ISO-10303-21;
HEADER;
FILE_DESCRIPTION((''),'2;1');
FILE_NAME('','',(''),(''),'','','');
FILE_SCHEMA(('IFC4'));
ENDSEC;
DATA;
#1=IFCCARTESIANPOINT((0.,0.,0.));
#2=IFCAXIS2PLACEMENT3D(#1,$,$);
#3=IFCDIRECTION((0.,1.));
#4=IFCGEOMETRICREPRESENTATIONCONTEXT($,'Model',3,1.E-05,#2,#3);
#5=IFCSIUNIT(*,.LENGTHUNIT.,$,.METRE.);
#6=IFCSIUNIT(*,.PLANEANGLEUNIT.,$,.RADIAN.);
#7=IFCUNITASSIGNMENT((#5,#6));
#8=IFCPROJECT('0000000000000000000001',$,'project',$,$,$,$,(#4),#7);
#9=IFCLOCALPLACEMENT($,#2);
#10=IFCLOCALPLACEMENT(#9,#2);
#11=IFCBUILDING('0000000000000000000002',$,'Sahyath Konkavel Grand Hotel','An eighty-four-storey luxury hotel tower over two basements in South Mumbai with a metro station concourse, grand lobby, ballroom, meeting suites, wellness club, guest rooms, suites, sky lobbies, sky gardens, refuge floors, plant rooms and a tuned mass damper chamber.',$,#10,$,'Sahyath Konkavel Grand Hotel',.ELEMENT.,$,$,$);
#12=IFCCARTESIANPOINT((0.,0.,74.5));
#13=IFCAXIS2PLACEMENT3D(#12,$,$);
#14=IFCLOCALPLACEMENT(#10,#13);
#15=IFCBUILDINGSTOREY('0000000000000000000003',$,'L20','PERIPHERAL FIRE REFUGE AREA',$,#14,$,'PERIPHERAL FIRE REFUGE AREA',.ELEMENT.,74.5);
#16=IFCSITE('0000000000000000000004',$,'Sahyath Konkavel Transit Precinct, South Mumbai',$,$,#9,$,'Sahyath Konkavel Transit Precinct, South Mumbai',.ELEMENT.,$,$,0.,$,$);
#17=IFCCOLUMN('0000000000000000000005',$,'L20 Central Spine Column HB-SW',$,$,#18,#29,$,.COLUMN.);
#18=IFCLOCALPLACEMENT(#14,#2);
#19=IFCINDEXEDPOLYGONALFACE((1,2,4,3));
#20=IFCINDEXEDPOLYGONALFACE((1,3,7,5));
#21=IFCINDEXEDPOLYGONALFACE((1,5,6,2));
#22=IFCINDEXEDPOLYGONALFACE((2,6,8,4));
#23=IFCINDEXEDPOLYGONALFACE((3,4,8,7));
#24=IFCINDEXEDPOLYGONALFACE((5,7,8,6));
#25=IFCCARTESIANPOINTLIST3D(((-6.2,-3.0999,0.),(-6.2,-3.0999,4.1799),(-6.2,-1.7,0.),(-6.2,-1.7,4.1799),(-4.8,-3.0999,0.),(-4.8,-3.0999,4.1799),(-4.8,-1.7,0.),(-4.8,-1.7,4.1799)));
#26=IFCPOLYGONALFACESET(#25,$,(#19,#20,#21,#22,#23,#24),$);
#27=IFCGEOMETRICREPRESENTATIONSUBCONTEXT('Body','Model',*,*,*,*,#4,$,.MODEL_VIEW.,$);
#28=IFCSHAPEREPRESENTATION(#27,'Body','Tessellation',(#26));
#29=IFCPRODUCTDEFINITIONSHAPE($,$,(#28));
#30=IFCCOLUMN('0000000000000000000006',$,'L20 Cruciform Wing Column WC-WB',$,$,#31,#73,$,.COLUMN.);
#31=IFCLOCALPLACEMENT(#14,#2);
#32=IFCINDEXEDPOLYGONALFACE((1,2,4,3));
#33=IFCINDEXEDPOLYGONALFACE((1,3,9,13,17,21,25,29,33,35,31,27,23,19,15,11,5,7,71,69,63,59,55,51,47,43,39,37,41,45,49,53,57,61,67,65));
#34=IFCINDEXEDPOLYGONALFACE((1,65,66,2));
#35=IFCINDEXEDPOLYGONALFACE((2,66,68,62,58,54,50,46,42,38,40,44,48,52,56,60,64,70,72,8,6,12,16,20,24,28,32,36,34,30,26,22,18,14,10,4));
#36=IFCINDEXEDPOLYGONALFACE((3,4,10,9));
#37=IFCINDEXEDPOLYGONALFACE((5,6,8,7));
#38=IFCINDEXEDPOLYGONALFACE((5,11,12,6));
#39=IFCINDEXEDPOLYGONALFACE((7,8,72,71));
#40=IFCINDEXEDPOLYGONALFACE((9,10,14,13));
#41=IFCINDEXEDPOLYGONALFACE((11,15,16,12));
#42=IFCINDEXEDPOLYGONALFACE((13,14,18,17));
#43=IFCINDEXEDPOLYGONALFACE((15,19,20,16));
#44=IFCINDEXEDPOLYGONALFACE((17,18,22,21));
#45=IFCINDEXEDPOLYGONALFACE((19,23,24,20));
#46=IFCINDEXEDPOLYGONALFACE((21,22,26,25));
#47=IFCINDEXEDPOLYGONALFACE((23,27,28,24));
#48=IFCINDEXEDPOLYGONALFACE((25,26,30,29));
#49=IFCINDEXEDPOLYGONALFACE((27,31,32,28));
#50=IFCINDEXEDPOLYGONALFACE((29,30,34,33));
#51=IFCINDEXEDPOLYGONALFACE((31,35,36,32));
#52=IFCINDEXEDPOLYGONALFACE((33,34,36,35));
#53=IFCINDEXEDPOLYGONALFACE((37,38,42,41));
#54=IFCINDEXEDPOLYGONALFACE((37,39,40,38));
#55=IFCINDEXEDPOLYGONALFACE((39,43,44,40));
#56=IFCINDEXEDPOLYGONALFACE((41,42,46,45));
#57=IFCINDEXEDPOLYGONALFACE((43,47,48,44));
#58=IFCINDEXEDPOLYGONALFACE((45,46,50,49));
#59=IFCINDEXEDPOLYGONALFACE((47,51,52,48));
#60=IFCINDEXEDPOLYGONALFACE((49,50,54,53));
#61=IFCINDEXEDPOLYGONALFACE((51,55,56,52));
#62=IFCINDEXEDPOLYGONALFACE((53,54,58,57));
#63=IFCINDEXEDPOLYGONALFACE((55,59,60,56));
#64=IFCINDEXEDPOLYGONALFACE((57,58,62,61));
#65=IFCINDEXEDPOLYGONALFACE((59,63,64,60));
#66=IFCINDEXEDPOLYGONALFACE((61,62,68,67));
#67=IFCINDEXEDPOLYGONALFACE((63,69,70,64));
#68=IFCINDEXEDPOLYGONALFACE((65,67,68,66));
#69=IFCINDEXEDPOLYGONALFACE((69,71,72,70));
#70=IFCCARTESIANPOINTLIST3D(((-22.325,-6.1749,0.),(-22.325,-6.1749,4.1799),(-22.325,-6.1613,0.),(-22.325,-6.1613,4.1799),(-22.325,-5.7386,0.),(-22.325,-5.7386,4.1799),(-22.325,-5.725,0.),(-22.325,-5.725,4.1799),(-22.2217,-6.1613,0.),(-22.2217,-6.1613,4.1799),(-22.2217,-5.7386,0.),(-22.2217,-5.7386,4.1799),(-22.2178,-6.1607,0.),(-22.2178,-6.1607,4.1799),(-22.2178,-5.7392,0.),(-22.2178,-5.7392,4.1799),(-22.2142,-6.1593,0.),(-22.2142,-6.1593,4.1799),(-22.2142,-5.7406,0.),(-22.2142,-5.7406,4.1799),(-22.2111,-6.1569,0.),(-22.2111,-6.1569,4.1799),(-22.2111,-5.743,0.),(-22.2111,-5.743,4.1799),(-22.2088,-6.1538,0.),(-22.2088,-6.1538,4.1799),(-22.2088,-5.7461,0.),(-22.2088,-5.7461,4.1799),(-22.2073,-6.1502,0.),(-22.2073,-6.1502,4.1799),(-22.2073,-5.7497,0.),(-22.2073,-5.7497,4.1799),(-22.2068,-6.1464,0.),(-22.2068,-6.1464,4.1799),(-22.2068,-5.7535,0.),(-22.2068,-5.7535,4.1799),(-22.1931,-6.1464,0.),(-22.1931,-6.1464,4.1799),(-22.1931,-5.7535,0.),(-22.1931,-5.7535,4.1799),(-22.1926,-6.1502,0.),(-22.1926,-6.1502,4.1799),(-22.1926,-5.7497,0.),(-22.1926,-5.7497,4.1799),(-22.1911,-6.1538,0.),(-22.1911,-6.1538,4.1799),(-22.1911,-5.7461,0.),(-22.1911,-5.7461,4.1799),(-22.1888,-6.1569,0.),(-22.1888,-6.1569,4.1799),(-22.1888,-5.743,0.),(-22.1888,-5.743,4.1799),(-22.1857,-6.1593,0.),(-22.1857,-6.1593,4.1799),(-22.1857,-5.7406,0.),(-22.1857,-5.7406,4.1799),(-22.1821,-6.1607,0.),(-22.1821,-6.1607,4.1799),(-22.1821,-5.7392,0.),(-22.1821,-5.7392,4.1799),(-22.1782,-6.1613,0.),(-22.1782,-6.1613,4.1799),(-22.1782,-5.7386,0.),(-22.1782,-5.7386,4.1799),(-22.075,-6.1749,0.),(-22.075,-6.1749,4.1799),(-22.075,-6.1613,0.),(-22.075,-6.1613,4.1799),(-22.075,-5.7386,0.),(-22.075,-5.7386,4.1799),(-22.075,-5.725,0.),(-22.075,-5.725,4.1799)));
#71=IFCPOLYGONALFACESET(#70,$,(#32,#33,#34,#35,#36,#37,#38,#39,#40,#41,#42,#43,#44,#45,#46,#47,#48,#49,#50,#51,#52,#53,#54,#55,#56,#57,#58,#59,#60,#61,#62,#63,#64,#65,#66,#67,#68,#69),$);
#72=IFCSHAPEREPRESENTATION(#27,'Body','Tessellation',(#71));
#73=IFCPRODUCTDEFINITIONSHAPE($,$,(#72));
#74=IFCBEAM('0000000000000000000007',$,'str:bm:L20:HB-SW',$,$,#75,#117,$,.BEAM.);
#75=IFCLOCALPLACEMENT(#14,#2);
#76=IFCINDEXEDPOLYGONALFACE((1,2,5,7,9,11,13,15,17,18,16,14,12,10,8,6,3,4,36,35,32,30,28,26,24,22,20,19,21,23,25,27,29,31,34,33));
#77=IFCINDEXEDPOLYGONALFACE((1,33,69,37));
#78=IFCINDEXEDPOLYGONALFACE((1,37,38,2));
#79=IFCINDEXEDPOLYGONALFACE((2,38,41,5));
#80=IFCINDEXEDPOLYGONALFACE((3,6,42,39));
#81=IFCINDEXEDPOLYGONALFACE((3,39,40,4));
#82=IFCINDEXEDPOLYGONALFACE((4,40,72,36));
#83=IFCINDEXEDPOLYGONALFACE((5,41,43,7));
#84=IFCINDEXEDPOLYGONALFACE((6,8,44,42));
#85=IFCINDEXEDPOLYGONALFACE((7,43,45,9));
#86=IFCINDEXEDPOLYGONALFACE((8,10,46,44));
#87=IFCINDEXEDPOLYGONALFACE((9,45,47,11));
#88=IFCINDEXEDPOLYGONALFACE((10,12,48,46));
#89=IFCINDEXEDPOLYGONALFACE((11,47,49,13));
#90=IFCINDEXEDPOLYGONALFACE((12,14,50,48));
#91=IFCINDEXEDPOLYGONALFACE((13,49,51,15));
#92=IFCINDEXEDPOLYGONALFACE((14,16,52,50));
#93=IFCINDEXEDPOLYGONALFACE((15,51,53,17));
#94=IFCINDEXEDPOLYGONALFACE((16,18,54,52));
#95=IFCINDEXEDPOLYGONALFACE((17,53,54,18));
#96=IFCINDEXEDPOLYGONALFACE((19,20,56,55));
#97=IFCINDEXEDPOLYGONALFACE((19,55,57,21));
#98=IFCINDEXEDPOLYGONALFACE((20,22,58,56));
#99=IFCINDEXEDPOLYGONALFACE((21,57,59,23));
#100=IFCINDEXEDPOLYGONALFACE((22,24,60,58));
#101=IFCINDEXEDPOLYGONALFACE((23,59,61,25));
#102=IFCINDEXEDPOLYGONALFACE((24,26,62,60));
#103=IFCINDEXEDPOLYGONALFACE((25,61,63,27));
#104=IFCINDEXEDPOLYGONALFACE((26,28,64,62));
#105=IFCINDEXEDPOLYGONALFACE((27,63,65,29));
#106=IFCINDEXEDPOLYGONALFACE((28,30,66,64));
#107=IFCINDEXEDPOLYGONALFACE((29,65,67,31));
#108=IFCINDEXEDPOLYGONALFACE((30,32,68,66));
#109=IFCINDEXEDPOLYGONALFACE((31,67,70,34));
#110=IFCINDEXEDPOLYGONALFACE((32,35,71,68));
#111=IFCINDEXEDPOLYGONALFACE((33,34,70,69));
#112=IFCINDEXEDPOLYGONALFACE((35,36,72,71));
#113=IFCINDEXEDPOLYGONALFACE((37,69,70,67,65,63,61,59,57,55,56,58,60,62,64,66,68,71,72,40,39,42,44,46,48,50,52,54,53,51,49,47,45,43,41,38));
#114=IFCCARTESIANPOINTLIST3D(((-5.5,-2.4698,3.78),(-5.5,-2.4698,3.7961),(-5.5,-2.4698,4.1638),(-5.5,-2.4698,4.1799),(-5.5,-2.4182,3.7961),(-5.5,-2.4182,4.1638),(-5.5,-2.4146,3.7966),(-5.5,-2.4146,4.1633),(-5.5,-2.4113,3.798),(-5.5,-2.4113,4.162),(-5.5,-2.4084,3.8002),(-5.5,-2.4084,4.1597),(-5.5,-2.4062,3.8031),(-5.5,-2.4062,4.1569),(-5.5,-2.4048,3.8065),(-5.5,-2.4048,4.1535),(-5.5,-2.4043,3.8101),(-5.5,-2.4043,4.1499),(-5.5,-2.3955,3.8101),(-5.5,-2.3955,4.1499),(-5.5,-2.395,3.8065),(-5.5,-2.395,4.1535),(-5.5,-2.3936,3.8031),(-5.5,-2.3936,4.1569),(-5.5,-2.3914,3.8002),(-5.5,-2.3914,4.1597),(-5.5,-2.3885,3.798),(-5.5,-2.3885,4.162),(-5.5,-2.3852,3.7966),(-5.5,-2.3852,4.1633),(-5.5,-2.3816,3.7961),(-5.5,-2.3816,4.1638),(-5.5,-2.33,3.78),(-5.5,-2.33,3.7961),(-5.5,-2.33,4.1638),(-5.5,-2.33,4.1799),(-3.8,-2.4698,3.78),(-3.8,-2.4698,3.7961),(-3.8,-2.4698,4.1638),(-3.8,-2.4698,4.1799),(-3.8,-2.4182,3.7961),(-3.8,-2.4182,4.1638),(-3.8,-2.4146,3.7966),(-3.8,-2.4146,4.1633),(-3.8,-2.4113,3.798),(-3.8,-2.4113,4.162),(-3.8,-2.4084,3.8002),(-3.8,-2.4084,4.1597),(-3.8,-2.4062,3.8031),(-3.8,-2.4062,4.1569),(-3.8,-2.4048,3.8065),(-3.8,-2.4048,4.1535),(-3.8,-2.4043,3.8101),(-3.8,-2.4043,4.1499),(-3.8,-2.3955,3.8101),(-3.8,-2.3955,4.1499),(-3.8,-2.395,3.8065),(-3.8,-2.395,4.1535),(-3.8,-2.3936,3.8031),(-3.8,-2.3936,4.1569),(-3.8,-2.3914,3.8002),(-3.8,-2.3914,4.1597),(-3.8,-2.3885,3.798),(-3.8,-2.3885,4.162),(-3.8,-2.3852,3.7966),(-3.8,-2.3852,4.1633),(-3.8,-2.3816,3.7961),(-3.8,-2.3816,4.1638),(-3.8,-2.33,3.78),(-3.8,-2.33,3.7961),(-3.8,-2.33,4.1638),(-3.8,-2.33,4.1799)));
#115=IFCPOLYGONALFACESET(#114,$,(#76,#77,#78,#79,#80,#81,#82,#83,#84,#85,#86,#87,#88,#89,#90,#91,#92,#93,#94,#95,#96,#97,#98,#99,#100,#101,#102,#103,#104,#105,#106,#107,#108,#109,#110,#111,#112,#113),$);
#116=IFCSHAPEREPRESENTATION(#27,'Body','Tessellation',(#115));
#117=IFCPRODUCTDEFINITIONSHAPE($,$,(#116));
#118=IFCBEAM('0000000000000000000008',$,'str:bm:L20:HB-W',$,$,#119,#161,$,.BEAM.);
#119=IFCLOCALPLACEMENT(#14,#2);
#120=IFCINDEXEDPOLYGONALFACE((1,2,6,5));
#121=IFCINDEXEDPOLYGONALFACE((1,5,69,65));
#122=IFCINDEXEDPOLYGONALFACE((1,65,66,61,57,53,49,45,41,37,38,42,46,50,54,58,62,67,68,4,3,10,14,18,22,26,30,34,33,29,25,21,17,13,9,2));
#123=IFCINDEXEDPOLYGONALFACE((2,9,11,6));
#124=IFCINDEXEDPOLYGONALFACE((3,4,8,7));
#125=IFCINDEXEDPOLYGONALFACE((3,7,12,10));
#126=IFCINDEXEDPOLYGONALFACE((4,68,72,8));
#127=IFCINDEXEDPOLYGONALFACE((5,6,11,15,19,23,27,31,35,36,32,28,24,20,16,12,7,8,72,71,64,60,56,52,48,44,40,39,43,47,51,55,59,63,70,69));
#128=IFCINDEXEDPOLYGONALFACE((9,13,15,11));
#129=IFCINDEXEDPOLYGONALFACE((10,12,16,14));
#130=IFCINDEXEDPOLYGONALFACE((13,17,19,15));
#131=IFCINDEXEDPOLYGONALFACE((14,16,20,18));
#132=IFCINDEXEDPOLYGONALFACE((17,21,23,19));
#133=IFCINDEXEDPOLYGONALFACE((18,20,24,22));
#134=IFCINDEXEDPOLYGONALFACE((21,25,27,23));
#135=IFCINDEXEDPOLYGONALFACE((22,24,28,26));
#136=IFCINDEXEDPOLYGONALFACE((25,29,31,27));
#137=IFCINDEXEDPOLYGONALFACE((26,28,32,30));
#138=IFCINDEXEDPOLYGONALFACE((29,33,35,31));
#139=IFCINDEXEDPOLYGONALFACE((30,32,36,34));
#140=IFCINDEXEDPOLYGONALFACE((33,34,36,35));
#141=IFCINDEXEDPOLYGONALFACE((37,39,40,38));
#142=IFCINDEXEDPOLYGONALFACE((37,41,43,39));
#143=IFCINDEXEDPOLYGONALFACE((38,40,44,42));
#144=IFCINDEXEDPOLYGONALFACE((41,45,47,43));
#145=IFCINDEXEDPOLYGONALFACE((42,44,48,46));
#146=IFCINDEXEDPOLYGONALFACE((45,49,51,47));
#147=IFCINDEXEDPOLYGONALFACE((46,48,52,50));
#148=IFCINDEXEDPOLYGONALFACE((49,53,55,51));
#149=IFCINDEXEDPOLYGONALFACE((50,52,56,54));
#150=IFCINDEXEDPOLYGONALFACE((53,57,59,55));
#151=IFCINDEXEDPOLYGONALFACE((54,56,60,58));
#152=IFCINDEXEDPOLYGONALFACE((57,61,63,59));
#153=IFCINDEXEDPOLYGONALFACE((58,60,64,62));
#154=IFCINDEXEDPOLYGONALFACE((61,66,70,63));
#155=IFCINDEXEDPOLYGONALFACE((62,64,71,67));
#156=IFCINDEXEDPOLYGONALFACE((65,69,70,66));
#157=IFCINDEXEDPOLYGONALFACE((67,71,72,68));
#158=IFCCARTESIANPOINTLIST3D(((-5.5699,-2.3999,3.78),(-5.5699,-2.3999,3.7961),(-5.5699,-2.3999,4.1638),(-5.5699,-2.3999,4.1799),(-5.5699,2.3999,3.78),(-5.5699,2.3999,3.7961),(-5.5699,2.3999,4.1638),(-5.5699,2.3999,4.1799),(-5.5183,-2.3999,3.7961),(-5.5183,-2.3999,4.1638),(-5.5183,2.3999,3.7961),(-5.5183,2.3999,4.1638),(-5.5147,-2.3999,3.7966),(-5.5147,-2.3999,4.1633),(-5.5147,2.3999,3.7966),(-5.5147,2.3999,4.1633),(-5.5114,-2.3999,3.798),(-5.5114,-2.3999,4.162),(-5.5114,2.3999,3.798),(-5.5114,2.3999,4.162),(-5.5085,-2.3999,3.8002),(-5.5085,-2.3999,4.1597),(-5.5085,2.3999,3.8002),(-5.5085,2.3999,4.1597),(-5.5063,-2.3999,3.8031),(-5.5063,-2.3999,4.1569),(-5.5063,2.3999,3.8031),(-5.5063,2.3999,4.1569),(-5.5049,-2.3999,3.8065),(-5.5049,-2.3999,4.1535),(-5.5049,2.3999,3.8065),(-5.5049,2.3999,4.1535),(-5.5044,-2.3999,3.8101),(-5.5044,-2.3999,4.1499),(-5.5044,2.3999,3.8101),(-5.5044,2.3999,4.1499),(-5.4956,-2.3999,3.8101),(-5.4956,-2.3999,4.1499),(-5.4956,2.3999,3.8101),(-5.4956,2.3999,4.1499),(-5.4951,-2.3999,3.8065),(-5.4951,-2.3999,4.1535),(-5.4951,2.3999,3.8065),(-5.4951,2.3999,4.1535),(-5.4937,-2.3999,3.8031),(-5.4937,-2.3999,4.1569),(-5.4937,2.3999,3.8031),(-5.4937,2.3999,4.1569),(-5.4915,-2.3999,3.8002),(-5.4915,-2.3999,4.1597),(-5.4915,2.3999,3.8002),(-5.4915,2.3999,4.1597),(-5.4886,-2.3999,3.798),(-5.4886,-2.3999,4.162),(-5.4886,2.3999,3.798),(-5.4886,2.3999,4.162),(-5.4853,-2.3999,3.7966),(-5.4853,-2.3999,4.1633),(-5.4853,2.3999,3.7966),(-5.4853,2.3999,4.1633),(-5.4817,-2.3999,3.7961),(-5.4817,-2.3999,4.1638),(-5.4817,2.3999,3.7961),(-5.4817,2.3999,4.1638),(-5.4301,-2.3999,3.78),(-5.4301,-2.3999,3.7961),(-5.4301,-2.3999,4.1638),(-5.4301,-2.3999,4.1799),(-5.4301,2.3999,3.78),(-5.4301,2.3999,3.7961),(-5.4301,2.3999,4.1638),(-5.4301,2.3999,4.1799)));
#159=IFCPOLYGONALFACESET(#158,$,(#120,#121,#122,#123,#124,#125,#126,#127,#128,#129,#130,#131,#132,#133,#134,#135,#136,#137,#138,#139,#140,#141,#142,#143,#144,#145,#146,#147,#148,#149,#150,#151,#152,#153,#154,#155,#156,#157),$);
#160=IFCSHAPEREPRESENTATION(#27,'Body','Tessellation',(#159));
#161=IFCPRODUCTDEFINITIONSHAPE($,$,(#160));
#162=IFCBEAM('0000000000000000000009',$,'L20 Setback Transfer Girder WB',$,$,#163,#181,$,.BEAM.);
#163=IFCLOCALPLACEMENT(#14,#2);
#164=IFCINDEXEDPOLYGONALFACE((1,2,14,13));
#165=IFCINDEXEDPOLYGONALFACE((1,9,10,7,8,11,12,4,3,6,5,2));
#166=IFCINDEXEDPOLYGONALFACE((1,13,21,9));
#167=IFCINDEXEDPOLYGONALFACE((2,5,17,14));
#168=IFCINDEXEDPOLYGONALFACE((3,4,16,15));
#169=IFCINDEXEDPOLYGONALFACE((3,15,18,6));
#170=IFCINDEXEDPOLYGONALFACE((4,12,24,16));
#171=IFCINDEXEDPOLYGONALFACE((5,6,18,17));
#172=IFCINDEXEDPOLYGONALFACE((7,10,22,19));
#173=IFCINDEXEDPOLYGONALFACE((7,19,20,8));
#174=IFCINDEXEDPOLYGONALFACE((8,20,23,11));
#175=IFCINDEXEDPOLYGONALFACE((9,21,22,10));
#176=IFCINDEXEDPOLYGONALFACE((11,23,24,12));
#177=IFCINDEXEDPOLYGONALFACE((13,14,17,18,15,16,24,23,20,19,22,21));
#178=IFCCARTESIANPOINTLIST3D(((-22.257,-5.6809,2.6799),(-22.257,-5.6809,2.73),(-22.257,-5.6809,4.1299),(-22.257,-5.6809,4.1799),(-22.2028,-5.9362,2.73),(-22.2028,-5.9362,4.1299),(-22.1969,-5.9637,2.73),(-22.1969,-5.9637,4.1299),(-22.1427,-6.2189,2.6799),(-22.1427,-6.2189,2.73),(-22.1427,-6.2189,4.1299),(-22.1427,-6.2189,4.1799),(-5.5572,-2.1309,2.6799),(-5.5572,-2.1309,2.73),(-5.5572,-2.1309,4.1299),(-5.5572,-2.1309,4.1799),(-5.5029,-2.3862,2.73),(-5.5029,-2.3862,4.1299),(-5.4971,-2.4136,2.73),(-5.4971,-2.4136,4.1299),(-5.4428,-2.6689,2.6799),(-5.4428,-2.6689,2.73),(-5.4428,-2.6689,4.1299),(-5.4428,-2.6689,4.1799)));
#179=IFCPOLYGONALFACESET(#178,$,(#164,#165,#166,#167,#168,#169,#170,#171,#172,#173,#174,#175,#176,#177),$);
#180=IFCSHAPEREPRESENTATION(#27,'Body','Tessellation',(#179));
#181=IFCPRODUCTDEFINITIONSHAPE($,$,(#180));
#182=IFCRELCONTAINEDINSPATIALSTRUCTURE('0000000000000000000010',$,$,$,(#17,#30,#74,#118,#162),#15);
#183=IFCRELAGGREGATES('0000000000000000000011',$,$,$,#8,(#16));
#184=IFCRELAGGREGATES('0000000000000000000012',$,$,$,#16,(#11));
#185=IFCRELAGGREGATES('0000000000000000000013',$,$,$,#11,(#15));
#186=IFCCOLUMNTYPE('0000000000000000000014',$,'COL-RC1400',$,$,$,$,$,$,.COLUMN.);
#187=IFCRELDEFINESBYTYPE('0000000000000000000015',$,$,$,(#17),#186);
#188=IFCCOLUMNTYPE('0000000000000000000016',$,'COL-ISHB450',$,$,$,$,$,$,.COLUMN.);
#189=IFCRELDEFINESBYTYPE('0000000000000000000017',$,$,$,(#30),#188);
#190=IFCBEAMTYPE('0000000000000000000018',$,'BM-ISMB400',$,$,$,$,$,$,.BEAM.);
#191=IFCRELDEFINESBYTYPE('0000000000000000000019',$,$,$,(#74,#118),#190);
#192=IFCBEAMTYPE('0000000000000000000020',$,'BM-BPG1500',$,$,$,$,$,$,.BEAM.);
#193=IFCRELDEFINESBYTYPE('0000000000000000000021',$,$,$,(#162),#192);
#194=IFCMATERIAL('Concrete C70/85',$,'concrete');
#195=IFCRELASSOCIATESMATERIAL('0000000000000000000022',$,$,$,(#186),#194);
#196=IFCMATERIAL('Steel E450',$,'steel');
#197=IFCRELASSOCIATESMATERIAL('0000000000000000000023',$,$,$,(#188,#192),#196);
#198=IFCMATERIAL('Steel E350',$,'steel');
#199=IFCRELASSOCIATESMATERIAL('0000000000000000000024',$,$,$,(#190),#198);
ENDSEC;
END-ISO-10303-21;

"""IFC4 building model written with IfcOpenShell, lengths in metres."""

from ifc_helpers import new_model, si_unit, direction, frame, origin, origin_2d, place, context, subcontext, project, spatial, rectangle, i_section, extrude, source, transform, mapped, material, material_profile, profile_set, type_object, element, save


model = new_model("IFC4")

# Units and contexts
model_context = context("Model", 3, precision=1e-05, world=origin(), true_north=direction((0.0, 1.0)))
body_context = subcontext(model_context, "Body", "Model", "MODEL_VIEW")
ifc_project = project(units=[si_unit("LENGTHUNIT", "METRE"), si_unit("PLANEANGLEUNIT", "RADIAN")], contexts=[model_context])

# Site, building, storey
site_placement = place(None, origin())
site = spatial("IfcSite", under=ifc_project, at=site_placement, Name="Sahyath Konkavel Transit Precinct, South Mumbai", LongName="Sahyath Konkavel Transit Precinct, South Mumbai", CompositionType="ELEMENT", RefElevation=0.0)
building_placement = place(site_placement, origin())
building = spatial("IfcBuilding", under=site, at=building_placement, Name="Sahyath Konkavel Grand Hotel", Description="An eighty-four-storey luxury hotel tower over two basements in South Mumbai with a metro station concourse, grand lobby, ballroom, meeting suites, wellness club, guest rooms, suites, sky lobbies, sky gardens, refuge floors, plant rooms and a tuned mass damper chamber.", LongName="Sahyath Konkavel Grand Hotel", CompositionType="ELEMENT")
storey_placement = place(building_placement, frame((0.0, 0.0, 74.5)))
storey = spatial("IfcBuildingStorey", under=building, at=storey_placement, Name="L20", Description="PERIPHERAL FIRE REFUGE AREA", LongName="PERIPHERAL FIRE REFUGE AREA", CompositionType="ELEMENT", Elevation=74.5)

# Columns
ifc_material_1 = material(Name="Concrete C70/85", Category="concrete")
ifc_material_profile_1 = material_profile(ifc_material_1, rectangle(XDim=1.3999, YDim=1.3999, at=origin_2d()), Name="RC 1400x1400")
ifc_profile_set_1 = profile_set([ifc_material_profile_1], Name="Concrete C70/85")
column_type_1 = type_object("IfcColumnType", Name="COL-RC1400", PredefinedType="COLUMN", material=ifc_profile_set_1)
shared_shape_1 = source(origin(), body_context, "Body", "SweptSolid", [
    extrude(rectangle(XDim=1.3999, YDim=1.3999, at=origin_2d()), origin(), (0.0, 0.0, 1.0), 4.1799),
])
column_1_placement = place(storey_placement, frame((-5.5, -2.3999, 0.0), z_axis=(0.0, 0.0, 1.0), x_axis=(1.0, 0.0, 0.0)))
element("IfcColumn", 1, at=column_1_placement, inside=storey, type_object=column_type_1, Name="L20 Central Spine Column HB-SW", PredefinedType="COLUMN", context=body_context, shape_type="MappedRepresentation", body=[
    mapped(shared_shape_1, transform((0.0, 0.0, 0.0), scale=1.0)),
])
ifc_material_2 = material(Name="Steel E450", Category="steel")
ifc_material_profile_2 = material_profile(ifc_material_2, i_section(OverallWidth=0.25, OverallDepth=0.45, WebThickness=0.0137, FlangeThickness=0.0137, FilletRadius=0.0149, at=origin_2d()), Name="ISHB 450")
ifc_profile_set_2 = profile_set([ifc_material_profile_2], Name="Steel E450")
column_type_2 = type_object("IfcColumnType", Name="COL-ISHB450", PredefinedType="COLUMN", material=ifc_profile_set_2)
shared_shape_2 = source(origin(), body_context, "Body", "SweptSolid", [
    extrude(i_section(OverallWidth=0.25, OverallDepth=0.45, WebThickness=0.0137, FlangeThickness=0.0137, FilletRadius=0.0149, at=origin_2d()), origin(), (0.0, 0.0, 1.0), 4.1799),
])
column_2_placement = place(storey_placement, frame((-22.2, -5.95, 0.0), z_axis=(0.0, 0.0, 1.0), x_axis=(1.0, 0.0, 0.0)))
element("IfcColumn", 2, at=column_2_placement, inside=storey, type_object=column_type_2, Name="L20 Cruciform Wing Column WC-WB", PredefinedType="COLUMN", context=body_context, shape_type="MappedRepresentation", body=[
    mapped(shared_shape_2, transform((0.0, 0.0, 0.0), scale=1.0)),
])

# Beams
ifc_material_3 = material(Name="Steel E350", Category="steel")
ifc_material_profile_3 = material_profile(ifc_material_3, i_section(OverallWidth=0.1399, OverallDepth=0.3999, WebThickness=0.0088, FlangeThickness=0.0161, FilletRadius=0.0139, at=origin_2d()), Name="ISMB 400")
ifc_profile_set_3 = profile_set([ifc_material_profile_3], Name="Steel E350")
beam_type_1 = type_object("IfcBeamType", Name="BM-ISMB400", PredefinedType="BEAM", material=ifc_profile_set_3)
shared_shape_3 = source(origin(), body_context, "Body", "SweptSolid", [
    extrude(i_section(OverallWidth=0.1399, OverallDepth=0.3999, WebThickness=0.0088, FlangeThickness=0.0161, FilletRadius=0.0139, at=origin_2d()), origin(), (0.0, 0.0, 1.0), 1.7),
])
beam_1_placement = place(storey_placement, frame((-5.5, -2.3999, 3.98), z_axis=(1.0, 0.0, 0.0), x_axis=(0.0, 1.0, 0.0)))
element("IfcBeam", 3, at=beam_1_placement, inside=storey, type_object=beam_type_1, Name="str:bm:L20:HB-SW", PredefinedType="BEAM", context=body_context, shape_type="MappedRepresentation", body=[
    mapped(shared_shape_3, transform((0.0, 0.0, 0.0), scale=1.0)),
])
shared_shape_4 = source(origin(), body_context, "Body", "SweptSolid", [
    extrude(i_section(OverallWidth=0.1399, OverallDepth=0.3999, WebThickness=0.0088, FlangeThickness=0.0161, FilletRadius=0.0139, at=origin_2d()), origin(), (0.0, 0.0, 1.0), 4.7998),
])
beam_2_placement = place(storey_placement, frame((-5.5, -2.3999, 3.98), z_axis=(0.0, 1.0, 0.0), x_axis=(-1.0, 0.0, 0.0)))
element("IfcBeam", 4, at=beam_2_placement, inside=storey, type_object=beam_type_1, Name="str:bm:L20:HB-W", PredefinedType="BEAM", context=body_context, shape_type="MappedRepresentation", body=[
    mapped(shared_shape_4, transform((0.0, 0.0, 0.0), scale=1.0)),
])
ifc_material_profile_4 = material_profile(ifc_material_2, i_section(OverallWidth=0.55, OverallDepth=1.5, WebThickness=0.0281, FlangeThickness=0.05, at=origin_2d()), Name="BPG 1500x550")
ifc_profile_set_4 = profile_set([ifc_material_profile_4], Name="Steel E450")
beam_type_2 = type_object("IfcBeamType", Name="BM-BPG1500", PredefinedType="BEAM", material=ifc_profile_set_4)
shared_shape_5 = source(origin(), body_context, "Body", "SweptSolid", [
    extrude(i_section(OverallWidth=0.55, OverallDepth=1.5, WebThickness=0.0281, FlangeThickness=0.05, at=origin_2d()), origin(), (0.0, 0.0, 1.0), 17.073),
])
beam_3_placement = place(storey_placement, frame((-5.5, -2.3999, 3.4299), z_axis=(-0.978143, -0.207932, 0.0), x_axis=(0.207932, -0.978143, 0.0)))
element("IfcBeam", 5, at=beam_3_placement, inside=storey, type_object=beam_type_2, Name="L20 Setback Transfer Girder WB", PredefinedType="BEAM", context=body_context, shape_type="MappedRepresentation", body=[
    mapped(shared_shape_5, transform((0.0, 0.0, 0.0), scale=1.0)),
])

save(model, "model.ifc")
